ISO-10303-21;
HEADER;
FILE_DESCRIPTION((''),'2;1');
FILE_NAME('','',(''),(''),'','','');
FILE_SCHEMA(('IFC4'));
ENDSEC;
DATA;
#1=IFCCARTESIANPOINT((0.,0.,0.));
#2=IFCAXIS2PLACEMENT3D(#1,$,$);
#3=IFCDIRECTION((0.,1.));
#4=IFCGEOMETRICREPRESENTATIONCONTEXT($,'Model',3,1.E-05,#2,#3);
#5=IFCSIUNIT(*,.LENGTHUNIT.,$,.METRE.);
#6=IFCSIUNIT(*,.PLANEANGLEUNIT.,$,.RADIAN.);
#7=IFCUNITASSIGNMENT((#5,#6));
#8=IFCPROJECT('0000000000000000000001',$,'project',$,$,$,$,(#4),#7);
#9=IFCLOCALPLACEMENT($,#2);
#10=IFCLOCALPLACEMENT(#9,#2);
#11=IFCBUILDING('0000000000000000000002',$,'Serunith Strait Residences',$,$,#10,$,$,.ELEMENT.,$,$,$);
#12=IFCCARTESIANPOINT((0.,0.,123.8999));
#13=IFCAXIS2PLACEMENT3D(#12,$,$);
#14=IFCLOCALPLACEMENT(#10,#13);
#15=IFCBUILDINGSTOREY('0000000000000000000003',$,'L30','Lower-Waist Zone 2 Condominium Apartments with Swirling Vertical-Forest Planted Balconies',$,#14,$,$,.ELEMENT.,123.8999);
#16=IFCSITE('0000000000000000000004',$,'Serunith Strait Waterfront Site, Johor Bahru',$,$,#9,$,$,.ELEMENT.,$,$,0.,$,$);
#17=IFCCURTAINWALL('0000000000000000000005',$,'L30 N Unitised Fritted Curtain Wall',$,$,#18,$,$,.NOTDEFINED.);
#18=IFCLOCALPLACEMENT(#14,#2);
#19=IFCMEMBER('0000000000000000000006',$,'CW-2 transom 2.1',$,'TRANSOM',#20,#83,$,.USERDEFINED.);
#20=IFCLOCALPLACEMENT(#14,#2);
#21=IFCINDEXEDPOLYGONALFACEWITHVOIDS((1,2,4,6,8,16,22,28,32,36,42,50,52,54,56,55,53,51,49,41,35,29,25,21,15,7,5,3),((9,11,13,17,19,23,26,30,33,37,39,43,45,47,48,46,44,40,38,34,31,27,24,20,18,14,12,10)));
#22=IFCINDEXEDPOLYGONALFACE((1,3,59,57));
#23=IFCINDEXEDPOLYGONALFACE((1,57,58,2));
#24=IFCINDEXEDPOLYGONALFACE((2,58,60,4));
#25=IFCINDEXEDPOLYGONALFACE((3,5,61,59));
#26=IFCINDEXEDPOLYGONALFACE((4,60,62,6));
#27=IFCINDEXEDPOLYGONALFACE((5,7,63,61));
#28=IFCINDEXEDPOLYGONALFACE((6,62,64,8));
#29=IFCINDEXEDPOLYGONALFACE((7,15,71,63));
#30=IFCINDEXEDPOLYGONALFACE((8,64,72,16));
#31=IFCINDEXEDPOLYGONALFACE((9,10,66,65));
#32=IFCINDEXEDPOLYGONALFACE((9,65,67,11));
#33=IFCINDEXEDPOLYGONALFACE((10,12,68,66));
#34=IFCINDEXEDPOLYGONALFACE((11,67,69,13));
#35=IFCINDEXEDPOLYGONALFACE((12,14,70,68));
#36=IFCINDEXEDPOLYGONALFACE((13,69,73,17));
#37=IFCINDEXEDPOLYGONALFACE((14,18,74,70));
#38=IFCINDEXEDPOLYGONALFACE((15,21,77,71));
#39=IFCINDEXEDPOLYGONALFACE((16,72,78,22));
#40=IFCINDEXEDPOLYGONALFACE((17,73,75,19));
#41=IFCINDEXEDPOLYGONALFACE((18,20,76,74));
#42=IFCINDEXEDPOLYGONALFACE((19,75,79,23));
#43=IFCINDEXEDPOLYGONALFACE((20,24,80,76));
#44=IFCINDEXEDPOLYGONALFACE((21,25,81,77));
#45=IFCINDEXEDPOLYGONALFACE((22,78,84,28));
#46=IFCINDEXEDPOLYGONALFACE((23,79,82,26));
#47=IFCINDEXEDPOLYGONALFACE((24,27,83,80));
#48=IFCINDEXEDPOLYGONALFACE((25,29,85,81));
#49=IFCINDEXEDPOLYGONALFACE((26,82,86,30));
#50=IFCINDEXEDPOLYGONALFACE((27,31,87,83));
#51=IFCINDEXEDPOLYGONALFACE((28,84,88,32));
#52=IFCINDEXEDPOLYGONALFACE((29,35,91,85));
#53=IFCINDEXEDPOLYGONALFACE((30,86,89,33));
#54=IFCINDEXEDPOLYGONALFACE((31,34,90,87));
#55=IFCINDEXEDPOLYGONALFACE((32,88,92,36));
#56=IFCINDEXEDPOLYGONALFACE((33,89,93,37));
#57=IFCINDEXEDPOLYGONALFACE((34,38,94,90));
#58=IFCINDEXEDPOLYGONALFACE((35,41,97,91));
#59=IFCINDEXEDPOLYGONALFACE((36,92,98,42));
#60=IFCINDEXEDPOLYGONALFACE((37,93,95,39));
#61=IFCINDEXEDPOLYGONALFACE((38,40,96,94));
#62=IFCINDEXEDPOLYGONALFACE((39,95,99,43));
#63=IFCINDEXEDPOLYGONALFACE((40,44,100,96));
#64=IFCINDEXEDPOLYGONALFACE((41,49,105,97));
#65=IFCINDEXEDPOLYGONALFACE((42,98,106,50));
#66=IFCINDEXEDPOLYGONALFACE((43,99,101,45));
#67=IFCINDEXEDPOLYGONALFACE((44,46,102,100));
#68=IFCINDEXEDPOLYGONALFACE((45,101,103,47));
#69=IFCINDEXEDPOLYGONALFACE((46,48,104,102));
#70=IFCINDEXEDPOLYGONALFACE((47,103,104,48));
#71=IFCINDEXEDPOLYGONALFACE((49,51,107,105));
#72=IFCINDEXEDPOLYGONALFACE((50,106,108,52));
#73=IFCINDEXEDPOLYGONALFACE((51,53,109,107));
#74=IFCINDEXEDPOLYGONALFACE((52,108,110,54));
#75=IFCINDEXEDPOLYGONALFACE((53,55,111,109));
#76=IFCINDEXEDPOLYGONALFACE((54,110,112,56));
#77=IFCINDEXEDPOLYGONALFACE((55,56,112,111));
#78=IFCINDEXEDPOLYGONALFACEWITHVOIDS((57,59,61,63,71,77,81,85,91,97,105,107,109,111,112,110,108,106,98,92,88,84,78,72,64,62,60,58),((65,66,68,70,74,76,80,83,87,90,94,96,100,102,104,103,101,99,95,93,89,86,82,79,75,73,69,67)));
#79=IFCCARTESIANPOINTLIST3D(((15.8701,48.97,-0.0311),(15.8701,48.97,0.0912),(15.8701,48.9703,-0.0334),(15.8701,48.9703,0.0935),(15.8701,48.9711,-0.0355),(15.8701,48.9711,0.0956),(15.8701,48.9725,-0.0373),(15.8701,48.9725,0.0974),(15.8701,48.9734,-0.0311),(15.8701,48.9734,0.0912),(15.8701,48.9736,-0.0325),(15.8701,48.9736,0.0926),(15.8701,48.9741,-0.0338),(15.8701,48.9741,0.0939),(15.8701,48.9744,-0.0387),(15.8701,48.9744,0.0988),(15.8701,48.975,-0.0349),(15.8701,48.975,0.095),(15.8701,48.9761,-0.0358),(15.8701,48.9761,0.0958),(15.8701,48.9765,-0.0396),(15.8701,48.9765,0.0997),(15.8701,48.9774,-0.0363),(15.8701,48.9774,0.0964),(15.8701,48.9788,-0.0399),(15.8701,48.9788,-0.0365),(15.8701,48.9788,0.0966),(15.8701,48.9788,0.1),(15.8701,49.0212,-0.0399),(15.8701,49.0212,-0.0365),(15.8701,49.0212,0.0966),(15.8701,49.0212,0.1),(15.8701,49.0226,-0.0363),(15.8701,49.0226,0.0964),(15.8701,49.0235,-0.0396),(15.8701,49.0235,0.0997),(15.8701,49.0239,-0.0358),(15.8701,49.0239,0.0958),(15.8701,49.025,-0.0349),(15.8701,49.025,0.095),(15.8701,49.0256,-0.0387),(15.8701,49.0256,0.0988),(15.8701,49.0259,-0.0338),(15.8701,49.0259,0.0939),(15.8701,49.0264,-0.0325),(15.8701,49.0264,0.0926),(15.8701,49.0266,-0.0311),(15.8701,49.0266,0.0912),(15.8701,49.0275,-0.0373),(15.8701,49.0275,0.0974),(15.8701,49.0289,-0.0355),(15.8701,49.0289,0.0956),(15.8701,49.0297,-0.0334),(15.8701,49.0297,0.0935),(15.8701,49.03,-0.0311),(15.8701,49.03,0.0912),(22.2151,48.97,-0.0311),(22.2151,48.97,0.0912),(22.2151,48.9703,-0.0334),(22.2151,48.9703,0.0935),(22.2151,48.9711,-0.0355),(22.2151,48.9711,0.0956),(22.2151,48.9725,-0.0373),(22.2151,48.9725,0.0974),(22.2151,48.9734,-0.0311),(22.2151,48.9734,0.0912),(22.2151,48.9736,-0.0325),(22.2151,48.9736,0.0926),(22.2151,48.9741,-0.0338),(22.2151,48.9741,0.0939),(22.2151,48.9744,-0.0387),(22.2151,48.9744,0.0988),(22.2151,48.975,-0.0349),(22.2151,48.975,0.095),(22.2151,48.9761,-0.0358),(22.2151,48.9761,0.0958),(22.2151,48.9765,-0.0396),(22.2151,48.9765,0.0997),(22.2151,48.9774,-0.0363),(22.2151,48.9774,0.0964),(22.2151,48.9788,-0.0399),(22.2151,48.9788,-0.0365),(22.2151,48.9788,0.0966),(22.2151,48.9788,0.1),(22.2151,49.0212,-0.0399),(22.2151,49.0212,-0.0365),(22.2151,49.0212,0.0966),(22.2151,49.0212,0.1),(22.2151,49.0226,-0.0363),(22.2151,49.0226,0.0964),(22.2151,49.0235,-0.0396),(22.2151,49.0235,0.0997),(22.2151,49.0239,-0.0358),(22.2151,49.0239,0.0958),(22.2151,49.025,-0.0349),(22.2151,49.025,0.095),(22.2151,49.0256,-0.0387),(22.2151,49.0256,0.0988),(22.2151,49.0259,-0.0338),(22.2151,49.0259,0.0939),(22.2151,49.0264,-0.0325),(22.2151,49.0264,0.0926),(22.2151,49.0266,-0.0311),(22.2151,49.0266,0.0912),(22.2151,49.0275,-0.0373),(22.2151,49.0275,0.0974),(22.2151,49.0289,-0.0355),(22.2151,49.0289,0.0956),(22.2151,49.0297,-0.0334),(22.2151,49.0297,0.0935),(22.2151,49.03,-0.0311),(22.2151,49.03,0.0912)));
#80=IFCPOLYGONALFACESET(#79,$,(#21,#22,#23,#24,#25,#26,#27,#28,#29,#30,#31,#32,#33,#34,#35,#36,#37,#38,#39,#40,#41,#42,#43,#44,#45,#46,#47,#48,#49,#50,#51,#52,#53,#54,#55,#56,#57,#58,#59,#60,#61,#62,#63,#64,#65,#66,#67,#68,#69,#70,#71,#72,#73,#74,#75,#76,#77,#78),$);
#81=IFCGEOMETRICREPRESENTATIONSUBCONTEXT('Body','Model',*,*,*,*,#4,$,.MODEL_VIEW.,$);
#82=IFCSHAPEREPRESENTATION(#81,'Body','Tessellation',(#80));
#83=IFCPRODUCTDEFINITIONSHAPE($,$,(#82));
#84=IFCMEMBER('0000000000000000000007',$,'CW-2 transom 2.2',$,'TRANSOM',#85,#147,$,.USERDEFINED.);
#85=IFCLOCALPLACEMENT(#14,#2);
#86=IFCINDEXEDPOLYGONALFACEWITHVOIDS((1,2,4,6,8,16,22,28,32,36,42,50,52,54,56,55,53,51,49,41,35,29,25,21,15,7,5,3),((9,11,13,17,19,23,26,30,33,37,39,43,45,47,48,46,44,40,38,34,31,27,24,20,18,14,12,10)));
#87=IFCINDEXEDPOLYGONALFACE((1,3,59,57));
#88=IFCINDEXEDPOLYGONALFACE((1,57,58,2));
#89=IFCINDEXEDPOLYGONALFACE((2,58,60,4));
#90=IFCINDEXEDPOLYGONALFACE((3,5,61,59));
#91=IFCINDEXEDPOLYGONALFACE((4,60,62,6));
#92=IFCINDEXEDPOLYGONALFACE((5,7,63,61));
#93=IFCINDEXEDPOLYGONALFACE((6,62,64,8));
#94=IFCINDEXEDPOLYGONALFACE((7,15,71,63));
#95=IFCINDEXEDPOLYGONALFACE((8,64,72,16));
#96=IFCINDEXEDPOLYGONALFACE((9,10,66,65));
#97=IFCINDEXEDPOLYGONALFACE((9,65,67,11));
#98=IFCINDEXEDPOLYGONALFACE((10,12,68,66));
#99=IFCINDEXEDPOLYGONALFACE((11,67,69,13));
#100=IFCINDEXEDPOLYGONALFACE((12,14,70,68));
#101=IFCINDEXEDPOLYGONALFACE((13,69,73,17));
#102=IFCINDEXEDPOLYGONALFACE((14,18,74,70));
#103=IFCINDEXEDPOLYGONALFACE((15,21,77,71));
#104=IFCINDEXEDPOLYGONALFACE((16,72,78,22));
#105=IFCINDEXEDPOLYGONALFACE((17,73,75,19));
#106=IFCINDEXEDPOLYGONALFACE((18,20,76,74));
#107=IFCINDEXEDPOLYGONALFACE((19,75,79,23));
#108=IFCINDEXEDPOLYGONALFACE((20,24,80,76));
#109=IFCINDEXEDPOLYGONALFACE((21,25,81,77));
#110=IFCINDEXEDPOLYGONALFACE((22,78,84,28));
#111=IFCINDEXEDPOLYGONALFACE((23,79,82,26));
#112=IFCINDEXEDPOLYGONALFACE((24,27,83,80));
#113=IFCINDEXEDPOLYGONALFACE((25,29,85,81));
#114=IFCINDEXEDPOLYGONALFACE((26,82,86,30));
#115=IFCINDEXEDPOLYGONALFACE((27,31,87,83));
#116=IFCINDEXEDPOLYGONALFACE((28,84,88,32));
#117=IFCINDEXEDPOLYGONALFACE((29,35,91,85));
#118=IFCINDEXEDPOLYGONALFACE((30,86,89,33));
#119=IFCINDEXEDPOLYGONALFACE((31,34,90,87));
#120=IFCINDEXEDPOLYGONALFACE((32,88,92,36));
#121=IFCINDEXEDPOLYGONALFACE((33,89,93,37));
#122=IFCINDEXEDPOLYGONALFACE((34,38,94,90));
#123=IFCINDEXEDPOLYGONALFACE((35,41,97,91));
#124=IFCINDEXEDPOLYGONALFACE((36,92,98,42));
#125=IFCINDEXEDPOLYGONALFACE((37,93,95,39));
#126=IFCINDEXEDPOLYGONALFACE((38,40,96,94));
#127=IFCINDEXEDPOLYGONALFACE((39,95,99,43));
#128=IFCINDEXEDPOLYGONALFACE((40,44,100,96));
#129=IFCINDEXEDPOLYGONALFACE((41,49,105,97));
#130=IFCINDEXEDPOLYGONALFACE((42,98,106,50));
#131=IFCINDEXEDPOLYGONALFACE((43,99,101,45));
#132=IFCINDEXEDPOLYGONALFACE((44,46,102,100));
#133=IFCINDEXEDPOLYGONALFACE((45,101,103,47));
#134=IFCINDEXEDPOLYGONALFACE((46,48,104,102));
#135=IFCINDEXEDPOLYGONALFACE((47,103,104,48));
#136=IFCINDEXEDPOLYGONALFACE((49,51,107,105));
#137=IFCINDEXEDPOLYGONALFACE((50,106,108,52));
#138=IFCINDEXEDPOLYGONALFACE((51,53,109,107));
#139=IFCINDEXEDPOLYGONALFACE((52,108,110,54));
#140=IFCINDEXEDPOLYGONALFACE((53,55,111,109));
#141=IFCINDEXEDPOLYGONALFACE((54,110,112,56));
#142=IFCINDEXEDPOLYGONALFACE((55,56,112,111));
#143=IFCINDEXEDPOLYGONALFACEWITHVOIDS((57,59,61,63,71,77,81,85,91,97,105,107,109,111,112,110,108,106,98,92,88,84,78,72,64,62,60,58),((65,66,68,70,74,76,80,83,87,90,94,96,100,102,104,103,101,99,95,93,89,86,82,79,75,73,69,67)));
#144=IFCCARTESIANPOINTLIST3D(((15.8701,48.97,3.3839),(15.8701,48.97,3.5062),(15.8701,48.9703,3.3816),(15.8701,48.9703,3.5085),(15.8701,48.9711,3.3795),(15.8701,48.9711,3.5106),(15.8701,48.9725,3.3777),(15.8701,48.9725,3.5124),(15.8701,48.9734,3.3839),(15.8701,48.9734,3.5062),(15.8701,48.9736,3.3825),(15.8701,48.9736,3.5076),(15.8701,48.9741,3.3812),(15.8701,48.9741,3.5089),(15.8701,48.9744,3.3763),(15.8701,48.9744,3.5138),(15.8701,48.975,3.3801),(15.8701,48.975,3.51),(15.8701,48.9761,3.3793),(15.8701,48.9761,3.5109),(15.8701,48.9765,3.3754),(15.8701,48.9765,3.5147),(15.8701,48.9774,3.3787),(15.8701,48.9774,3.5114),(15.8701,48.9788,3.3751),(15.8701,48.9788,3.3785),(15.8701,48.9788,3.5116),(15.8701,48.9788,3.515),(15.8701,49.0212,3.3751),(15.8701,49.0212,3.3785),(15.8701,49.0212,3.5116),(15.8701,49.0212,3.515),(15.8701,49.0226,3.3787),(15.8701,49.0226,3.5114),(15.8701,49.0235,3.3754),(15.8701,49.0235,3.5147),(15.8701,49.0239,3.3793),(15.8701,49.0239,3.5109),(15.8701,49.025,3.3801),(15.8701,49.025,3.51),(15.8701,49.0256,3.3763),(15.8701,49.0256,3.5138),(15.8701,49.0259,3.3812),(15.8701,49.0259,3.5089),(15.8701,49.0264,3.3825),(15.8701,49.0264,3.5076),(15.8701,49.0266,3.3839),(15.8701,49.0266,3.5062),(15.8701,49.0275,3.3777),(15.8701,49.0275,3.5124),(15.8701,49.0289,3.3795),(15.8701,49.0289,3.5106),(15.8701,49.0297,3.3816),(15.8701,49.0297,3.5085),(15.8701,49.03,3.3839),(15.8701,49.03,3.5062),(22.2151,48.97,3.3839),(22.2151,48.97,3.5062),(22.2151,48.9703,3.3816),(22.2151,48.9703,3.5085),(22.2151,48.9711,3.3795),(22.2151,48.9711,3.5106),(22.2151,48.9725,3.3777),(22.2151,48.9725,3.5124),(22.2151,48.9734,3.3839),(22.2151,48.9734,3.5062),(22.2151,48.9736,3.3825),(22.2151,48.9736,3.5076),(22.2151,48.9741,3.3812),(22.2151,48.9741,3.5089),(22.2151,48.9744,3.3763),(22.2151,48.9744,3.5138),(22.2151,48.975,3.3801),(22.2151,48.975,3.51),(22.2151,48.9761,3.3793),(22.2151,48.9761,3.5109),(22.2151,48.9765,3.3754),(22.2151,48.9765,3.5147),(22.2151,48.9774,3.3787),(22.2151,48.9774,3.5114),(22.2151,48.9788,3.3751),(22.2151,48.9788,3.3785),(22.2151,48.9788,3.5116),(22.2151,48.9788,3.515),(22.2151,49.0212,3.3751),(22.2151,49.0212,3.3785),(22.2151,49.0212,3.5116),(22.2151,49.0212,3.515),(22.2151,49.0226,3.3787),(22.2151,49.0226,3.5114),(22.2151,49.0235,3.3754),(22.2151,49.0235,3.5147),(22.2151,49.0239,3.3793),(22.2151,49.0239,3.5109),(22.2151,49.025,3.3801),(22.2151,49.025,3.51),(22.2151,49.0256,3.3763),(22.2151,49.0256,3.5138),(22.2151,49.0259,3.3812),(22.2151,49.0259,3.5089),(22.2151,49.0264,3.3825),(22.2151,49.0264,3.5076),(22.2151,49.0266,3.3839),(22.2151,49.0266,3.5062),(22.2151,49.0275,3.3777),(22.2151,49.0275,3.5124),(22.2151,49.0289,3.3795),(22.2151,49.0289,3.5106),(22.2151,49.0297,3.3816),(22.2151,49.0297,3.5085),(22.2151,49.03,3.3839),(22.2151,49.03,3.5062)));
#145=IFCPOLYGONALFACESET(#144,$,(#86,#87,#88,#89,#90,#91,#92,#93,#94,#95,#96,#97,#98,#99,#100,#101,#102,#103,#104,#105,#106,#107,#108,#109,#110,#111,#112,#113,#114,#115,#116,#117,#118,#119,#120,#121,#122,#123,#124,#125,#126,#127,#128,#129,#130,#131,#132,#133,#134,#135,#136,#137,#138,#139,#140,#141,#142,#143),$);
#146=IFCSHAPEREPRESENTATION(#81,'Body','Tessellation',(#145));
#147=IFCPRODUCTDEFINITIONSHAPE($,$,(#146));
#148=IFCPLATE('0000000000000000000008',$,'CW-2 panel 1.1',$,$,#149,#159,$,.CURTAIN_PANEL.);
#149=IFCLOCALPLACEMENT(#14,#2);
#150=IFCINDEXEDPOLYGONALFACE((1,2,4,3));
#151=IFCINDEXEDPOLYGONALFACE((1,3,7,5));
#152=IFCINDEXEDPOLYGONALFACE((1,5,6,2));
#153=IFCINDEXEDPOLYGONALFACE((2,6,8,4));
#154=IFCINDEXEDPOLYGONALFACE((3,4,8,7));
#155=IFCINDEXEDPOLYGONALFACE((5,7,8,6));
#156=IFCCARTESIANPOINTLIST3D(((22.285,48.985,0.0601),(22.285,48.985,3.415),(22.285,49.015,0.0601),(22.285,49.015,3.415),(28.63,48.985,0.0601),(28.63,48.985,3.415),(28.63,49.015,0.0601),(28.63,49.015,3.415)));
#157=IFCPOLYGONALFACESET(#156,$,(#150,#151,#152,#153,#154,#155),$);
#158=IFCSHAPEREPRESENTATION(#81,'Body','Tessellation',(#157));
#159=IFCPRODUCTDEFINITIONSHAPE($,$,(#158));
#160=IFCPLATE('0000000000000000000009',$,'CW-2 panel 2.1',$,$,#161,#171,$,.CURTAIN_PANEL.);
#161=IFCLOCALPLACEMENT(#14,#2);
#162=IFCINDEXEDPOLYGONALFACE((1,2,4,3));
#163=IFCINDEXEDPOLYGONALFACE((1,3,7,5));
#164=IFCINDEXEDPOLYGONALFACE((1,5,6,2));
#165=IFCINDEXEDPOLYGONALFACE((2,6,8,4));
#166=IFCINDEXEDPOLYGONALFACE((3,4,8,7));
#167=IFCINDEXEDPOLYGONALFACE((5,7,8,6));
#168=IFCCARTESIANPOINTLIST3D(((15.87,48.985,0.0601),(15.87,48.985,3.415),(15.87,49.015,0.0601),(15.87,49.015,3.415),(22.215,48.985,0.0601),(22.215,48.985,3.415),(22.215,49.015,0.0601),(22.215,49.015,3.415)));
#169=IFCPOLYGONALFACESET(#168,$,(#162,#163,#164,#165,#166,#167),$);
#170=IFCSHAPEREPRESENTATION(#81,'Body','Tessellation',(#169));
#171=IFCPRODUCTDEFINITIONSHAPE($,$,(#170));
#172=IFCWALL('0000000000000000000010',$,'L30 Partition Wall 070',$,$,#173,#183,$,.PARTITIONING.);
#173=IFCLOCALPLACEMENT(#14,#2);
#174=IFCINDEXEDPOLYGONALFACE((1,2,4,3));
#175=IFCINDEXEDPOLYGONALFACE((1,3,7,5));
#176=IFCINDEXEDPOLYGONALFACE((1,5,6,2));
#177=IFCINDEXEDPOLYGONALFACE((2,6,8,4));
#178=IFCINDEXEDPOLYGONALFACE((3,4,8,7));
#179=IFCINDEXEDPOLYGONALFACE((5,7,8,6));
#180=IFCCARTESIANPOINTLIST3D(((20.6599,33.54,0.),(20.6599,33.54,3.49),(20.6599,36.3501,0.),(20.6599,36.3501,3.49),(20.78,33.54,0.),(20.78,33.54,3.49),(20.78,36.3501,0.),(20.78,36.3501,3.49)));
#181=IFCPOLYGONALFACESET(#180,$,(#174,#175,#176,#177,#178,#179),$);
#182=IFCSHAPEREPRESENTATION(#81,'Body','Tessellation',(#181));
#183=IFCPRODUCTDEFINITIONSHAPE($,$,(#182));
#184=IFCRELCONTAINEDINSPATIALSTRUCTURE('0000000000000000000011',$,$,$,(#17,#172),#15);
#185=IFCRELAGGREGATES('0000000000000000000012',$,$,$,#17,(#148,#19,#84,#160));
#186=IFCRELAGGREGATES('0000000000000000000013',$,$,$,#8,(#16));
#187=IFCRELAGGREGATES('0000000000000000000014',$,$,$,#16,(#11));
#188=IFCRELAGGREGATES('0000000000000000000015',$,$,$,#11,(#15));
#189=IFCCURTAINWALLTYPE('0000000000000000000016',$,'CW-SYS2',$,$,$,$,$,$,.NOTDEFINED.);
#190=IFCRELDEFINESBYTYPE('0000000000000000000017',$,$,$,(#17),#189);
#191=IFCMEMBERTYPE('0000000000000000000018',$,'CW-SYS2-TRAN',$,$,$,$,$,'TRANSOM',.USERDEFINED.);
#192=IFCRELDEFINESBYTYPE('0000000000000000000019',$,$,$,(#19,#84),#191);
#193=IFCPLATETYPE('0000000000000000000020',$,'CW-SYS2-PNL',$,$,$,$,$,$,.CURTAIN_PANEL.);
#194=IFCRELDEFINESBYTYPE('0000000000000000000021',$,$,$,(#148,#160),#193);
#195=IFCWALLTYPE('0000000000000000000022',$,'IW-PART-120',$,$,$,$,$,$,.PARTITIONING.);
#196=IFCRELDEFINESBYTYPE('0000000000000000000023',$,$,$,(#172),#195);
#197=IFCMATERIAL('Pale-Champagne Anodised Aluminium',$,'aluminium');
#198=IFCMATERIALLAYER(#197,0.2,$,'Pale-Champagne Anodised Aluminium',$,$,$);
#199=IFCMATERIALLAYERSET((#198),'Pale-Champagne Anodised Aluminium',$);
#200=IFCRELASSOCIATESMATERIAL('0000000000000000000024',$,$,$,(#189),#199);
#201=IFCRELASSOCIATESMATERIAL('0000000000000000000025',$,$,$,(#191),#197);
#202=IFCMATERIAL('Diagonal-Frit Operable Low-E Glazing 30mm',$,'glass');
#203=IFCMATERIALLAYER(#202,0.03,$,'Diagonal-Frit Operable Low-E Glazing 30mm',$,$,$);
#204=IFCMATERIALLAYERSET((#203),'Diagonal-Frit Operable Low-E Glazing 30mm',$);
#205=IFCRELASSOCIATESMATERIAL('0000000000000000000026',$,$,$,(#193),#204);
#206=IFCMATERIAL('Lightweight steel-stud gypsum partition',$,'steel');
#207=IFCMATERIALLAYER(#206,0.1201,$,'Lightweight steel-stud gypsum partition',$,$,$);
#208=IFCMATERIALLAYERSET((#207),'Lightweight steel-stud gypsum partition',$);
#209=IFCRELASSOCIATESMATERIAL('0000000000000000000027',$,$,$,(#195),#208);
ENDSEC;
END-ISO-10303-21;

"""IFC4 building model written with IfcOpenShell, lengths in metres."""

from ifc_helpers import new_model, si_unit, direction, frame, frame_2d, origin, origin_2d, place, context, subcontext, project, spatial, rectangle, hollow_rectangle, extrude, source, transform, mapped, material, layer, layer_set, material_profile, profile_set, type_object, element, aggregate, save


model = new_model("IFC4")

# Units and contexts
model_context = context("Model", 3, precision=1e-05, world=origin(), true_north=direction((0.0, 1.0)))
body_context = subcontext(model_context, "Body", "Model", "MODEL_VIEW")
ifc_project = project(units=[si_unit("LENGTHUNIT", "METRE"), si_unit("PLANEANGLEUNIT", "RADIAN")], contexts=[model_context])

# Site, building, storey
site_placement = place(None, origin())
site = spatial("IfcSite", under=ifc_project, at=site_placement, Name="Serunith Strait Waterfront Site, Johor Bahru", CompositionType="ELEMENT", RefElevation=0.0)
building_placement = place(site_placement, origin())
building = spatial("IfcBuilding", under=site, at=building_placement, Name="Serunith Strait Residences", CompositionType="ELEMENT")
storey_placement = place(building_placement, frame((0.0, 0.0, 123.8999)))
storey = spatial("IfcBuildingStorey", under=building, at=storey_placement, Name="L30", Description="Lower-Waist Zone 2 Condominium Apartments with Swirling Vertical-Forest Planted Balconies", CompositionType="ELEMENT", Elevation=123.8999)

# Curtain wall, members, plates
ifc_material_1 = material(Name="Pale-Champagne Anodised Aluminium", Category="aluminium")
ifc_layer_1 = layer(ifc_material_1, 0.2, Name="Pale-Champagne Anodised Aluminium")
ifc_layer_set_1 = layer_set([ifc_layer_1], Name="Pale-Champagne Anodised Aluminium")
curtain_wall_type = type_object("IfcCurtainWallType", Name="CW-SYS2", PredefinedType="NOTDEFINED", material=ifc_layer_set_1)
curtain_wall_placement = place(storey_placement, origin())
curtain_wall = element("IfcCurtainWall", 1, at=curtain_wall_placement, inside=storey, type_object=curtain_wall_type, Name="L30 N Unitised Fritted Curtain Wall", PredefinedType="NOTDEFINED")
ifc_material_profile_1 = material_profile(ifc_material_1, hollow_rectangle(XDim=0.0601, YDim=0.1399, WallThickness=0.0034, InnerFilletRadius=0.0054, OuterFilletRadius=0.0088, at=origin_2d()), Name="ALU 140x60x3.5")
ifc_profile_set_1 = profile_set([ifc_material_profile_1], Name="Pale-Champagne Anodised Aluminium")
member_type_1 = type_object("IfcMemberType", Name="CW-SYS2-TRAN", ElementType="TRANSOM", PredefinedType="USERDEFINED", material=ifc_profile_set_1)
shared_shape_1 = source(origin(), body_context, "Body", "SweptSolid", [
    extrude(hollow_rectangle(XDim=0.0601, YDim=0.1399, WallThickness=0.0034, InnerFilletRadius=0.0054, OuterFilletRadius=0.0088, at=origin_2d()), origin(), (0.0, 0.0, 1.0), 6.345),
])
member_1_placement = place(storey_placement, frame((22.2151, 49.0, 0.03), z_axis=(-1.0, 0.0, 0.0), x_axis=(0.0, -1.0, 0.0)))
member_1 = element("IfcMember", 2, at=member_1_placement, type_object=member_type_1, Name="CW-2 transom 2.1", ObjectType="TRANSOM", PredefinedType="USERDEFINED", context=body_context, shape_type="MappedRepresentation", body=[
    mapped(shared_shape_1, transform((0.0, 0.0, 0.0), scale=1.0)),
])
member_2_placement = place(storey_placement, frame((22.2151, 49.0, 3.4451), z_axis=(-1.0, 0.0, 0.0), x_axis=(0.0, -1.0, 0.0)))
member_2 = element("IfcMember", 3, at=member_2_placement, type_object=member_type_1, Name="CW-2 transom 2.2", ObjectType="TRANSOM", PredefinedType="USERDEFINED", context=body_context, shape_type="MappedRepresentation", body=[
    mapped(shared_shape_1, transform((0.0, 0.0, 0.0), scale=1.0)),
])
ifc_material_2 = material(Name="Diagonal-Frit Operable Low-E Glazing 30mm", Category="glass")
ifc_layer_2 = layer(ifc_material_2, 0.03, Name="Diagonal-Frit Operable Low-E Glazing 30mm")
ifc_layer_set_2 = layer_set([ifc_layer_2], Name="Diagonal-Frit Operable Low-E Glazing 30mm")
plate_type = type_object("IfcPlateType", Name="CW-SYS2-PNL", PredefinedType="CURTAIN_PANEL", material=ifc_layer_set_2)
shared_shape_2 = source(origin(), body_context, "Body", "SweptSolid", [
    extrude(rectangle(XDim=6.345, YDim=0.03, at=origin_2d()), origin(), (0.0, 0.0, 1.0), 3.355),
])
plate_1_placement = place(storey_placement, frame((25.4575, 49.0, 0.0601), z_axis=(0.0, 0.0, 1.0), x_axis=(-1.0, 0.0, 0.0)))
plate_1 = element("IfcPlate", 4, at=plate_1_placement, type_object=plate_type, Name="CW-2 panel 1.1", PredefinedType="CURTAIN_PANEL", context=body_context, shape_type="MappedRepresentation", body=[
    mapped(shared_shape_2, transform((0.0, 0.0, 0.0), scale=1.0)),
])
plate_2_placement = place(storey_placement, frame((19.0425, 49.0, 0.0601), z_axis=(0.0, 0.0, 1.0), x_axis=(-1.0, 0.0, 0.0)))
plate_2 = element("IfcPlate", 5, at=plate_2_placement, type_object=plate_type, Name="CW-2 panel 2.1", PredefinedType="CURTAIN_PANEL", context=body_context, shape_type="MappedRepresentation", body=[
    mapped(shared_shape_2, transform((0.0, 0.0, 0.0), scale=1.0)),
])
aggregate(curtain_wall, [plate_1, member_1, member_2, plate_2])

# Wall
ifc_material_3 = material(Name="Lightweight steel-stud gypsum partition", Category="steel")
ifc_layer_3 = layer(ifc_material_3, 0.1201, Name="Lightweight steel-stud gypsum partition")
ifc_layer_set_3 = layer_set([ifc_layer_3], Name="Lightweight steel-stud gypsum partition")
wall_type = type_object("IfcWallType", Name="IW-PART-120", PredefinedType="PARTITIONING", material=ifc_layer_set_3)
wall_1_placement = place(storey_placement, frame((20.72, 36.3501, 0.0), z_axis=(0.0, 0.0, 1.0), x_axis=(0.0, -1.0, 0.0)))
element("IfcWall", 6, at=wall_1_placement, inside=storey, type_object=wall_type, Name="L30 Partition Wall 070", PredefinedType="PARTITIONING", context=body_context, shape_type="SweptSolid", body=[
    extrude(rectangle(XDim=2.8101, YDim=0.1201, at=frame_2d((1.405, 0.0))), origin(), (0.0, 0.0, 1.0), 3.49),
])

save(model, "model.ifc")
